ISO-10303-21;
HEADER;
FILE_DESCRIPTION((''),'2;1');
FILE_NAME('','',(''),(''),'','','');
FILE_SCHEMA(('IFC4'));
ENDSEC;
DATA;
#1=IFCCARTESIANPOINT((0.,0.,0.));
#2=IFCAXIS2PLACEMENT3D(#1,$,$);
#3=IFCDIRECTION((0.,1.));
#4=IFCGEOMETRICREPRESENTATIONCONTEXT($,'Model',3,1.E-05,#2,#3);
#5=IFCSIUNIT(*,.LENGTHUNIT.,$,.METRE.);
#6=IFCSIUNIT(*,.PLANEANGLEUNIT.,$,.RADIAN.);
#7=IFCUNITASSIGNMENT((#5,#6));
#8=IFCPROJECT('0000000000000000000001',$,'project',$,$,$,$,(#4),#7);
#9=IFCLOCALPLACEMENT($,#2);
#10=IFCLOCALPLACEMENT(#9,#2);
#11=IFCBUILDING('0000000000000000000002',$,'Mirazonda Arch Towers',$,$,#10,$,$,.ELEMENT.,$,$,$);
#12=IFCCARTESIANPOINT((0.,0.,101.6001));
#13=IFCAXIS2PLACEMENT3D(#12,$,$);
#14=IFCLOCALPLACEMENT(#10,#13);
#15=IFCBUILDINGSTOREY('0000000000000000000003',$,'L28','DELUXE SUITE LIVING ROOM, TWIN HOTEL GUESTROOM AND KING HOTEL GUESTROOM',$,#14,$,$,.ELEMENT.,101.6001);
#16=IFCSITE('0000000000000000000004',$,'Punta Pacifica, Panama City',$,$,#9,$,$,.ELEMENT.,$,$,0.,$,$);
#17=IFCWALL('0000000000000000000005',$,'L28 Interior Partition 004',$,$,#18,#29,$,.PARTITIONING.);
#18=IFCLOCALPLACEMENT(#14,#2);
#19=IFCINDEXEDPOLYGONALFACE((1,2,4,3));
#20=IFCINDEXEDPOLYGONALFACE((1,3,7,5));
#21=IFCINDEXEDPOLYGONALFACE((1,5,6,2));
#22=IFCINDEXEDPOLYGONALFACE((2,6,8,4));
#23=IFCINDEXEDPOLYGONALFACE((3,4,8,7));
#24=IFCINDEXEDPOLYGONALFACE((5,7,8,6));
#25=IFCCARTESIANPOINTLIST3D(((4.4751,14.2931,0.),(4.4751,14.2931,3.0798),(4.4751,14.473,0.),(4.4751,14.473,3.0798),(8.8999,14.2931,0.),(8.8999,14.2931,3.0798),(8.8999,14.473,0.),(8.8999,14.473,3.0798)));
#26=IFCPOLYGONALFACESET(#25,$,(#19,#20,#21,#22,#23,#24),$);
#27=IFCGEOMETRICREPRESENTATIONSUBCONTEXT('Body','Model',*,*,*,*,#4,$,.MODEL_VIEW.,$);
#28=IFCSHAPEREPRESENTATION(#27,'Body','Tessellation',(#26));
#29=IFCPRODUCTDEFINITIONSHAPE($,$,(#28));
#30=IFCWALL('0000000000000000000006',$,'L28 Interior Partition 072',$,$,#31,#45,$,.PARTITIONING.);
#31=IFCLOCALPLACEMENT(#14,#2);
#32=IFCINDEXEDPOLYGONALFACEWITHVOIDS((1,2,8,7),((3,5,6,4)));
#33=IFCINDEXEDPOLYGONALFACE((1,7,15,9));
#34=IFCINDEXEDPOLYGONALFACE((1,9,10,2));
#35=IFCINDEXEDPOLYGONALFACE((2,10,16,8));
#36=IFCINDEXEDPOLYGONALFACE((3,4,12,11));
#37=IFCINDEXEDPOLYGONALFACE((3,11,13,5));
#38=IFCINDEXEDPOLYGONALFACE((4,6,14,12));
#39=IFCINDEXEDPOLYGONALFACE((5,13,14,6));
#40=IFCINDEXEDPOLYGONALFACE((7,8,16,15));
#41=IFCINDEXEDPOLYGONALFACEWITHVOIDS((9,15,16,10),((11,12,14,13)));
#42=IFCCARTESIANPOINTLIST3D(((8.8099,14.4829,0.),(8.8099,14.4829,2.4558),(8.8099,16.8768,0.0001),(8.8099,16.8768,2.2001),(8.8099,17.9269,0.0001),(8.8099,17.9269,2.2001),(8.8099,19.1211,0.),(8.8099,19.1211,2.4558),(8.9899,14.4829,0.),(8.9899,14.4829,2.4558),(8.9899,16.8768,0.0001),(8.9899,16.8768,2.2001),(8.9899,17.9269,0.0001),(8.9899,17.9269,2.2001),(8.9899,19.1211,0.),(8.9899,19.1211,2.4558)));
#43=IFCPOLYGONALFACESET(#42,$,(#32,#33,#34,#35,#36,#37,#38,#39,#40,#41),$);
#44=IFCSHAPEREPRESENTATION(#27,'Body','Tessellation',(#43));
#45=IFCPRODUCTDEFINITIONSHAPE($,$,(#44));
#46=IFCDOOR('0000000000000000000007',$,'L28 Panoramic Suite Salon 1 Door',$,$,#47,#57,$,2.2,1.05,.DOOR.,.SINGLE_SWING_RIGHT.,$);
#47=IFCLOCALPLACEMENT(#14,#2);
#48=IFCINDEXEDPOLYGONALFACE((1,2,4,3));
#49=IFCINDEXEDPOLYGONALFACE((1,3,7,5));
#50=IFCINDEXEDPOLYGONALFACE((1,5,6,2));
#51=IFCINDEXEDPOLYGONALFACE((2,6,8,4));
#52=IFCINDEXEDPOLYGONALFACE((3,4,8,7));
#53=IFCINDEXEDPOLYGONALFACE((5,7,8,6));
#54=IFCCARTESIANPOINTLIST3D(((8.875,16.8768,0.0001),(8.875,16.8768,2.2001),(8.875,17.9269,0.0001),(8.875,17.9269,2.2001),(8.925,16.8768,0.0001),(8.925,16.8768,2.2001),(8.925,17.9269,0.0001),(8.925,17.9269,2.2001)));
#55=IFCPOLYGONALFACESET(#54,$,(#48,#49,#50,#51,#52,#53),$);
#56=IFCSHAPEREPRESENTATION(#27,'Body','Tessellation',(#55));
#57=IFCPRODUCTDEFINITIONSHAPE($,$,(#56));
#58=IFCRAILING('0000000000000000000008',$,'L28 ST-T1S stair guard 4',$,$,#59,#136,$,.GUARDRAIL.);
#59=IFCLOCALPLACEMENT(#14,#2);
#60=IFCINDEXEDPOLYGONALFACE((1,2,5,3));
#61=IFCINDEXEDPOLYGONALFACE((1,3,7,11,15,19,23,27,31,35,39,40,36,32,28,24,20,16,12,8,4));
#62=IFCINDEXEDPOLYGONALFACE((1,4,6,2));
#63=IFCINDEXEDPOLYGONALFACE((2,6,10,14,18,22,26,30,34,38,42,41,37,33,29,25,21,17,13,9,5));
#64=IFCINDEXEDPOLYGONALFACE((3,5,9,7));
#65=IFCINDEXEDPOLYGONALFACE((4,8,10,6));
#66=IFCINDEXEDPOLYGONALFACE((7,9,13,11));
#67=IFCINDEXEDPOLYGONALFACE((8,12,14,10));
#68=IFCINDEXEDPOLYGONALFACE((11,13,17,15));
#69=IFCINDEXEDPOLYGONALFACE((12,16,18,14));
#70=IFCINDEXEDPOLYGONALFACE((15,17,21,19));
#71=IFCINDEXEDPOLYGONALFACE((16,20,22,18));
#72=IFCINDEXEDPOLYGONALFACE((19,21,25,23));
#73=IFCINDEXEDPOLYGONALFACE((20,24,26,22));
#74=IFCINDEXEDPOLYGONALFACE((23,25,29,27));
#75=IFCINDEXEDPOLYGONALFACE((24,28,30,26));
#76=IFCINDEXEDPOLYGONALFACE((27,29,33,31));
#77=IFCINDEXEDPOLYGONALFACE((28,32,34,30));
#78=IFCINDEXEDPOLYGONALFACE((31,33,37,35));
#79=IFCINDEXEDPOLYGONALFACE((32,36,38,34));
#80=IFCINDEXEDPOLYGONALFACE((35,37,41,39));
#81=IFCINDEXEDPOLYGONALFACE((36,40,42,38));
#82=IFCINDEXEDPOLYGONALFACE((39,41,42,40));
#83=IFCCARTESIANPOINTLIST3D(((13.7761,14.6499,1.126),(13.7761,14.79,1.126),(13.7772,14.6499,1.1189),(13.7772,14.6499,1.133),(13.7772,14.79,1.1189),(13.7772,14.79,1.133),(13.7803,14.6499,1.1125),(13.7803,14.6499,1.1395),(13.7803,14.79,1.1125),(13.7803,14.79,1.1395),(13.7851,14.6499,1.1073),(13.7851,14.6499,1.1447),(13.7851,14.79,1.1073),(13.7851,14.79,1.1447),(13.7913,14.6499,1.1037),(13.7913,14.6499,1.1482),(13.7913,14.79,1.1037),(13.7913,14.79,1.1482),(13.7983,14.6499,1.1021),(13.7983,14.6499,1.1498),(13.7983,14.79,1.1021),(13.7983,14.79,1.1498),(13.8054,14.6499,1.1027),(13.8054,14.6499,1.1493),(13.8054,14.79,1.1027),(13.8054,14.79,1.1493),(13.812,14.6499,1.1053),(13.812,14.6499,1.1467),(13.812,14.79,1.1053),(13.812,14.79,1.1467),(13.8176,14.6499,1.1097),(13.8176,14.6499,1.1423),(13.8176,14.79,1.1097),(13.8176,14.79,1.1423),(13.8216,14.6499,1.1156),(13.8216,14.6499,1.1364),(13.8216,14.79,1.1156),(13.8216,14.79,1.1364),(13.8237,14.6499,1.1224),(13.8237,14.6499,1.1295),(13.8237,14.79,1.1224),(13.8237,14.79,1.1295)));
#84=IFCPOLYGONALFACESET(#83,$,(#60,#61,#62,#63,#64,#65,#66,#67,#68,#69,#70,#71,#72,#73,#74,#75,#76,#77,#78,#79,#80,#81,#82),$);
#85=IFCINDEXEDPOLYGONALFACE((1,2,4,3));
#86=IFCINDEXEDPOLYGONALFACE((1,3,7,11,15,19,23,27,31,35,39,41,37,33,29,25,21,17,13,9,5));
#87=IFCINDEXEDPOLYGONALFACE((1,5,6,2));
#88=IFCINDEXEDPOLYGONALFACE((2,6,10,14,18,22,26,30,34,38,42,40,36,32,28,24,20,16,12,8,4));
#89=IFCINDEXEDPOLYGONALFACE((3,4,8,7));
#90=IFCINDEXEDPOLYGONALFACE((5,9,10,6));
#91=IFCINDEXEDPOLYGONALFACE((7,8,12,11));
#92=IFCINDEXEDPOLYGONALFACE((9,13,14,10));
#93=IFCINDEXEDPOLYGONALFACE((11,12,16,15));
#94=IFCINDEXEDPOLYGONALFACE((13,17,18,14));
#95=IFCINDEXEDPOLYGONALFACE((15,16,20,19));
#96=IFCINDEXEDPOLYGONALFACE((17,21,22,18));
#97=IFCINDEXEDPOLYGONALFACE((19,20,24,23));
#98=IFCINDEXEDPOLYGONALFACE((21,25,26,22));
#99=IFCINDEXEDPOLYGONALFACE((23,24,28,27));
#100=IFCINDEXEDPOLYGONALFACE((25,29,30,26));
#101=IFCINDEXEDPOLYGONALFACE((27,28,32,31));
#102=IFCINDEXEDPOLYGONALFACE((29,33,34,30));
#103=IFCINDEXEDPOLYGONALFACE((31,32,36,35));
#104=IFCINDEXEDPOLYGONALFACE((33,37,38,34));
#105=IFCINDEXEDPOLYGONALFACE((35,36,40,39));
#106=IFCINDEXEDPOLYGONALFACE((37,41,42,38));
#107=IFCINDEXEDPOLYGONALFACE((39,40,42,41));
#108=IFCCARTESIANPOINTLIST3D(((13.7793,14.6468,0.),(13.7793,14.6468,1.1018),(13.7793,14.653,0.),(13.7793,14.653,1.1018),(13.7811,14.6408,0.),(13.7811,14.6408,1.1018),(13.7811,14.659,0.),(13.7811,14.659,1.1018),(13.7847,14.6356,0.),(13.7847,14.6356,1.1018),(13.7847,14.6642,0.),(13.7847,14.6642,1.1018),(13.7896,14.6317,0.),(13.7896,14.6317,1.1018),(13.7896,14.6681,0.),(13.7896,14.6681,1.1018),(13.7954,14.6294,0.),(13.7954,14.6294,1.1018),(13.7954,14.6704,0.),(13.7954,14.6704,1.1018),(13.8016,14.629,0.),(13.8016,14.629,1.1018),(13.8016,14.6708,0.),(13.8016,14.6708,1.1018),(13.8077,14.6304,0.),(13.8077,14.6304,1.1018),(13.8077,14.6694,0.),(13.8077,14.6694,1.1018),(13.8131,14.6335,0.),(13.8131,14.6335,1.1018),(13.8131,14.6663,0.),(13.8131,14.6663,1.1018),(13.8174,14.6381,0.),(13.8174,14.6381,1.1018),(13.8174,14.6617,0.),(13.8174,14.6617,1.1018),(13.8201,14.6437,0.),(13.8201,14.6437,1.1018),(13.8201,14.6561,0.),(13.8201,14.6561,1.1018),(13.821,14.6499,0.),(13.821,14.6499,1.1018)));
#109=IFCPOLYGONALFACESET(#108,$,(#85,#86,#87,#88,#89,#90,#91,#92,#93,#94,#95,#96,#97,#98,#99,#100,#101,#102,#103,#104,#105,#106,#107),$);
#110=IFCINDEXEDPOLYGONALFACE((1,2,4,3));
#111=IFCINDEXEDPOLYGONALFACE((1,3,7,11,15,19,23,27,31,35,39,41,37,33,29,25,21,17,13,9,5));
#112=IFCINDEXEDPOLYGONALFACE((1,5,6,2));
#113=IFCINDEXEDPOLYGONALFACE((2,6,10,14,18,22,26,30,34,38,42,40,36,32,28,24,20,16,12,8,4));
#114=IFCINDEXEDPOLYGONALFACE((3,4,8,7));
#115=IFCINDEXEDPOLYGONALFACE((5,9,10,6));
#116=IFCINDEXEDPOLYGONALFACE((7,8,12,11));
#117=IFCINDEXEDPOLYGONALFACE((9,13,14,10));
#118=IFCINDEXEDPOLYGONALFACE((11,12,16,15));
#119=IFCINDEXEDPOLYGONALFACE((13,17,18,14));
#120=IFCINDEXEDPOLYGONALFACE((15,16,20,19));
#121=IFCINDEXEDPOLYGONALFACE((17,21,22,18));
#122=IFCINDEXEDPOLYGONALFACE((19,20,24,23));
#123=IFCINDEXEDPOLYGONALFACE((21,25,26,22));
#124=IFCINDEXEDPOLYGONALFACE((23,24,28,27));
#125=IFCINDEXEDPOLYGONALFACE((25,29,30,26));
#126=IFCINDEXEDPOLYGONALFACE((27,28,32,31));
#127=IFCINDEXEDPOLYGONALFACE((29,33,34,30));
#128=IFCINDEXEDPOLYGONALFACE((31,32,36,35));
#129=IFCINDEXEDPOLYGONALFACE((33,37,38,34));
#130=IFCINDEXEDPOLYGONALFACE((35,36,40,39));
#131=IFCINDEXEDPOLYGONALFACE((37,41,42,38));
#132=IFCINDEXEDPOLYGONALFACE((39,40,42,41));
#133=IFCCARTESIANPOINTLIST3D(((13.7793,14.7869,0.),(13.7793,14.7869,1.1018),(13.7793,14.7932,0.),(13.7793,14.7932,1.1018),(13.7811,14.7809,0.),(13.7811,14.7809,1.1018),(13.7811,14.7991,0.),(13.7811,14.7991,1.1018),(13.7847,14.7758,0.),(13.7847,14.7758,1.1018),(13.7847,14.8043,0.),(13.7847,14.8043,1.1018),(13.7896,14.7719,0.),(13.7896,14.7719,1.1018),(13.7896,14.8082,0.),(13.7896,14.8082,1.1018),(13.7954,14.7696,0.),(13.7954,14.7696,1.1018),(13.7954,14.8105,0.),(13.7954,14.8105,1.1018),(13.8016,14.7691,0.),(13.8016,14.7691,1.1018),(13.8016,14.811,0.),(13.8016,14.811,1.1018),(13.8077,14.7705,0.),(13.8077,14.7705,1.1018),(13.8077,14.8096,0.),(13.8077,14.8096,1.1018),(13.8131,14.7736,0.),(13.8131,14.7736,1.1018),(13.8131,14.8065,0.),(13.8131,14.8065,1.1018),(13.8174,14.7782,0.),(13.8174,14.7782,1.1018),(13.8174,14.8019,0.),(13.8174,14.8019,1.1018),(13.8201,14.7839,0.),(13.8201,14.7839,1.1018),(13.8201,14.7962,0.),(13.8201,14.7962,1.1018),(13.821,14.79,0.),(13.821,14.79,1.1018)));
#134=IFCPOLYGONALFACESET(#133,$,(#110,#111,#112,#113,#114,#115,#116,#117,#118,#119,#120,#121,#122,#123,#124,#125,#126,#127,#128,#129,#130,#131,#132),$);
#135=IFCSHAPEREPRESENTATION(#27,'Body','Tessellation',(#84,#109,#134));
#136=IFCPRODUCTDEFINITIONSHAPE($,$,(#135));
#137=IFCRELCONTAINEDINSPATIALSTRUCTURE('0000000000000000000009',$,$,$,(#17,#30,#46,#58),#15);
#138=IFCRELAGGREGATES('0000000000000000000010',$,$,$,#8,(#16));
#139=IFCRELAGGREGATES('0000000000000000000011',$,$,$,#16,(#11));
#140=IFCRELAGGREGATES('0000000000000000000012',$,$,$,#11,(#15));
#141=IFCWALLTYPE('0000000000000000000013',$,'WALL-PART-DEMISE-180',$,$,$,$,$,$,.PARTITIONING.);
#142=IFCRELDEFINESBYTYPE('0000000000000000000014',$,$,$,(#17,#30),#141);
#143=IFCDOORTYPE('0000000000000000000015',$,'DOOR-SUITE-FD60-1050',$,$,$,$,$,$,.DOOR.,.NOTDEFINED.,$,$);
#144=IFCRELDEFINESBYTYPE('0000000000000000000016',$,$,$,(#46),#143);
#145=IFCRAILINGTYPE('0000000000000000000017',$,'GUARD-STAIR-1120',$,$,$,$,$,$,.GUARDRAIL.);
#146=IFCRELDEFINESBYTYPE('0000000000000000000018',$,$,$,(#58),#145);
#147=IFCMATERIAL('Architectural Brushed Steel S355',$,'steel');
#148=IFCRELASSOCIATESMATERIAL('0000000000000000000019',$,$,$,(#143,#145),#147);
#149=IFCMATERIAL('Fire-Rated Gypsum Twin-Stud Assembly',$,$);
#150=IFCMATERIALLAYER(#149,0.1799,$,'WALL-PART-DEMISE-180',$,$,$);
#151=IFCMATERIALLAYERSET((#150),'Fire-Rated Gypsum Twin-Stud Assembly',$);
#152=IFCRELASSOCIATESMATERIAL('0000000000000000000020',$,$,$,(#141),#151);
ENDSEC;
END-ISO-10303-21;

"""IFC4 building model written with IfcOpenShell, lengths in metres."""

from ifc_helpers import new_model, si_unit, direction, frame, frame_2d, origin, origin_2d, place, context, subcontext, project, spatial, rectangle, circle, extrude, material, layer, layer_set, type_object, element, fill, save


model = new_model("IFC4")

# Units and contexts
model_context = context("Model", 3, precision=1e-05, world=origin(), true_north=direction((0.0, 1.0)))
body_context = subcontext(model_context, "Body", "Model", "MODEL_VIEW")
ifc_project = project(units=[si_unit("LENGTHUNIT", "METRE"), si_unit("PLANEANGLEUNIT", "RADIAN")], contexts=[model_context])

# Site, building, storey
site_placement = place(None, origin())
site = spatial("IfcSite", under=ifc_project, at=site_placement, Name="Punta Pacifica, Panama City", CompositionType="ELEMENT", RefElevation=0.0)
building_placement = place(site_placement, origin())
building = spatial("IfcBuilding", under=site, at=building_placement, Name="Mirazonda Arch Towers", CompositionType="ELEMENT")
storey_placement = place(building_placement, frame((0.0, 0.0, 101.6001)))
storey = spatial("IfcBuildingStorey", under=building, at=storey_placement, Name="L28", Description="DELUXE SUITE LIVING ROOM, TWIN HOTEL GUESTROOM AND KING HOTEL GUESTROOM", CompositionType="ELEMENT", Elevation=101.6001)

# Shared definitions
ifc_material_1 = material(Name="Architectural Brushed Steel S355", Category="steel")
door_type_1 = type_object("IfcDoorType", Name="DOOR-SUITE-FD60-1050", OperationType="NOTDEFINED", PredefinedType="DOOR", material=ifc_material_1)

# Wall
ifc_material_2 = material(Name="Fire-Rated Gypsum Twin-Stud Assembly")
ifc_layer_1 = layer(ifc_material_2, 0.1799, Name="WALL-PART-DEMISE-180")
ifc_layer_set_1 = layer_set([ifc_layer_1], Name="Fire-Rated Gypsum Twin-Stud Assembly")
wall_type_1 = type_object("IfcWallType", Name="WALL-PART-DEMISE-180", PredefinedType="PARTITIONING", material=ifc_layer_set_1)
wall_1_placement = place(storey_placement, frame((4.4751, 14.3831, 0.0), z_axis=(0.0, 0.0, 1.0), x_axis=(1.0, 0.0, 0.0)))
element("IfcWall", 1, at=wall_1_placement, inside=storey, type_object=wall_type_1, Name="L28 Interior Partition 004", PredefinedType="PARTITIONING", context=body_context, shape_type="SweptSolid", body=[
    extrude(rectangle(XDim=4.4248, YDim=0.1799, at=frame_2d((2.2124, 0.0))), origin(), (0.0, 0.0, 1.0), 3.0798),
])

# Wall, opening, door
wall_2_placement = place(storey_placement, frame((8.8999, 14.4829, 0.0), z_axis=(0.0, 0.0, 1.0), x_axis=(0.0, 1.0, 0.0)))
wall_2 = element("IfcWall", 2, at=wall_2_placement, inside=storey, type_object=wall_type_1, Name="L28 Interior Partition 072", PredefinedType="PARTITIONING", context=body_context, shape_type="SweptSolid", body=[
    extrude(rectangle(XDim=4.6382, YDim=0.1799, at=frame_2d((2.3191, 0.0))), origin(), (0.0, 0.0, 1.0), 2.4558),
])
opening_1_placement = place(wall_2_placement, frame((2.394, 0.0, 0.0)))
opening_1 = element("IfcOpeningElement", 3, at=opening_1_placement, cuts=wall_2, PredefinedType="OPENING", context=body_context, shape_type="SweptSolid", body=[
    extrude(rectangle(XDim=1.05, YDim=2.2, at=frame_2d((0.5249, 1.1001))), frame((0.0, 0.0999, 0.0), z_axis=(0.0, -1.0, 0.0), x_axis=(1.0, 0.0, 0.0)), (0.0, 0.0, 1.0), 0.2),
])
door_1_placement = place(opening_1_placement, origin())
door_1 = element("IfcDoor", 4, at=door_1_placement, inside=storey, type_object=door_type_1, Name="L28 Panoramic Suite Salon 1 Door", OperationType="SINGLE_SWING_RIGHT", OverallHeight=2.2, OverallWidth=1.05, PredefinedType="DOOR", context=body_context, shape_type="SweptSolid", body=[
    extrude(rectangle(XDim=1.05, YDim=2.2, at=frame_2d((0.5249, 1.1001))), frame((0.0, 0.0249, 0.0), z_axis=(0.0, -1.0, 0.0), x_axis=(1.0, 0.0, 0.0)), (0.0, 0.0, 1.0), 0.05),
])
fill(opening_1, door_1)

# Railing
railing_type = type_object("IfcRailingType", Name="GUARD-STAIR-1120", PredefinedType="GUARDRAIL", material=ifc_material_1)
railing_placement = place(storey_placement, frame((13.8, 14.6499, 0.0)))
element("IfcRailing", 5, at=railing_placement, inside=storey, type_object=railing_type, Name="L28 ST-T1S stair guard 4", PredefinedType="GUARDRAIL", context=body_context, shape_type="SweptSolid", body=[
    extrude(circle(Radius=0.0239, at=origin_2d()), frame((0.0, 0.0, 1.126), z_axis=(0.0, 1.0, 0.0), x_axis=(-1.0, 0.0, 0.0)), (0.0, 0.0, 1.0), 0.1401),
    extrude(circle(Radius=0.021, at=origin_2d()), origin(), (0.0, 0.0, 1.0), 1.1018),
    extrude(circle(Radius=0.021, at=origin_2d()), frame((0.0, 0.1401, 0.0)), (0.0, 0.0, 1.0), 1.1018),
])

save(model, "model.ifc")
